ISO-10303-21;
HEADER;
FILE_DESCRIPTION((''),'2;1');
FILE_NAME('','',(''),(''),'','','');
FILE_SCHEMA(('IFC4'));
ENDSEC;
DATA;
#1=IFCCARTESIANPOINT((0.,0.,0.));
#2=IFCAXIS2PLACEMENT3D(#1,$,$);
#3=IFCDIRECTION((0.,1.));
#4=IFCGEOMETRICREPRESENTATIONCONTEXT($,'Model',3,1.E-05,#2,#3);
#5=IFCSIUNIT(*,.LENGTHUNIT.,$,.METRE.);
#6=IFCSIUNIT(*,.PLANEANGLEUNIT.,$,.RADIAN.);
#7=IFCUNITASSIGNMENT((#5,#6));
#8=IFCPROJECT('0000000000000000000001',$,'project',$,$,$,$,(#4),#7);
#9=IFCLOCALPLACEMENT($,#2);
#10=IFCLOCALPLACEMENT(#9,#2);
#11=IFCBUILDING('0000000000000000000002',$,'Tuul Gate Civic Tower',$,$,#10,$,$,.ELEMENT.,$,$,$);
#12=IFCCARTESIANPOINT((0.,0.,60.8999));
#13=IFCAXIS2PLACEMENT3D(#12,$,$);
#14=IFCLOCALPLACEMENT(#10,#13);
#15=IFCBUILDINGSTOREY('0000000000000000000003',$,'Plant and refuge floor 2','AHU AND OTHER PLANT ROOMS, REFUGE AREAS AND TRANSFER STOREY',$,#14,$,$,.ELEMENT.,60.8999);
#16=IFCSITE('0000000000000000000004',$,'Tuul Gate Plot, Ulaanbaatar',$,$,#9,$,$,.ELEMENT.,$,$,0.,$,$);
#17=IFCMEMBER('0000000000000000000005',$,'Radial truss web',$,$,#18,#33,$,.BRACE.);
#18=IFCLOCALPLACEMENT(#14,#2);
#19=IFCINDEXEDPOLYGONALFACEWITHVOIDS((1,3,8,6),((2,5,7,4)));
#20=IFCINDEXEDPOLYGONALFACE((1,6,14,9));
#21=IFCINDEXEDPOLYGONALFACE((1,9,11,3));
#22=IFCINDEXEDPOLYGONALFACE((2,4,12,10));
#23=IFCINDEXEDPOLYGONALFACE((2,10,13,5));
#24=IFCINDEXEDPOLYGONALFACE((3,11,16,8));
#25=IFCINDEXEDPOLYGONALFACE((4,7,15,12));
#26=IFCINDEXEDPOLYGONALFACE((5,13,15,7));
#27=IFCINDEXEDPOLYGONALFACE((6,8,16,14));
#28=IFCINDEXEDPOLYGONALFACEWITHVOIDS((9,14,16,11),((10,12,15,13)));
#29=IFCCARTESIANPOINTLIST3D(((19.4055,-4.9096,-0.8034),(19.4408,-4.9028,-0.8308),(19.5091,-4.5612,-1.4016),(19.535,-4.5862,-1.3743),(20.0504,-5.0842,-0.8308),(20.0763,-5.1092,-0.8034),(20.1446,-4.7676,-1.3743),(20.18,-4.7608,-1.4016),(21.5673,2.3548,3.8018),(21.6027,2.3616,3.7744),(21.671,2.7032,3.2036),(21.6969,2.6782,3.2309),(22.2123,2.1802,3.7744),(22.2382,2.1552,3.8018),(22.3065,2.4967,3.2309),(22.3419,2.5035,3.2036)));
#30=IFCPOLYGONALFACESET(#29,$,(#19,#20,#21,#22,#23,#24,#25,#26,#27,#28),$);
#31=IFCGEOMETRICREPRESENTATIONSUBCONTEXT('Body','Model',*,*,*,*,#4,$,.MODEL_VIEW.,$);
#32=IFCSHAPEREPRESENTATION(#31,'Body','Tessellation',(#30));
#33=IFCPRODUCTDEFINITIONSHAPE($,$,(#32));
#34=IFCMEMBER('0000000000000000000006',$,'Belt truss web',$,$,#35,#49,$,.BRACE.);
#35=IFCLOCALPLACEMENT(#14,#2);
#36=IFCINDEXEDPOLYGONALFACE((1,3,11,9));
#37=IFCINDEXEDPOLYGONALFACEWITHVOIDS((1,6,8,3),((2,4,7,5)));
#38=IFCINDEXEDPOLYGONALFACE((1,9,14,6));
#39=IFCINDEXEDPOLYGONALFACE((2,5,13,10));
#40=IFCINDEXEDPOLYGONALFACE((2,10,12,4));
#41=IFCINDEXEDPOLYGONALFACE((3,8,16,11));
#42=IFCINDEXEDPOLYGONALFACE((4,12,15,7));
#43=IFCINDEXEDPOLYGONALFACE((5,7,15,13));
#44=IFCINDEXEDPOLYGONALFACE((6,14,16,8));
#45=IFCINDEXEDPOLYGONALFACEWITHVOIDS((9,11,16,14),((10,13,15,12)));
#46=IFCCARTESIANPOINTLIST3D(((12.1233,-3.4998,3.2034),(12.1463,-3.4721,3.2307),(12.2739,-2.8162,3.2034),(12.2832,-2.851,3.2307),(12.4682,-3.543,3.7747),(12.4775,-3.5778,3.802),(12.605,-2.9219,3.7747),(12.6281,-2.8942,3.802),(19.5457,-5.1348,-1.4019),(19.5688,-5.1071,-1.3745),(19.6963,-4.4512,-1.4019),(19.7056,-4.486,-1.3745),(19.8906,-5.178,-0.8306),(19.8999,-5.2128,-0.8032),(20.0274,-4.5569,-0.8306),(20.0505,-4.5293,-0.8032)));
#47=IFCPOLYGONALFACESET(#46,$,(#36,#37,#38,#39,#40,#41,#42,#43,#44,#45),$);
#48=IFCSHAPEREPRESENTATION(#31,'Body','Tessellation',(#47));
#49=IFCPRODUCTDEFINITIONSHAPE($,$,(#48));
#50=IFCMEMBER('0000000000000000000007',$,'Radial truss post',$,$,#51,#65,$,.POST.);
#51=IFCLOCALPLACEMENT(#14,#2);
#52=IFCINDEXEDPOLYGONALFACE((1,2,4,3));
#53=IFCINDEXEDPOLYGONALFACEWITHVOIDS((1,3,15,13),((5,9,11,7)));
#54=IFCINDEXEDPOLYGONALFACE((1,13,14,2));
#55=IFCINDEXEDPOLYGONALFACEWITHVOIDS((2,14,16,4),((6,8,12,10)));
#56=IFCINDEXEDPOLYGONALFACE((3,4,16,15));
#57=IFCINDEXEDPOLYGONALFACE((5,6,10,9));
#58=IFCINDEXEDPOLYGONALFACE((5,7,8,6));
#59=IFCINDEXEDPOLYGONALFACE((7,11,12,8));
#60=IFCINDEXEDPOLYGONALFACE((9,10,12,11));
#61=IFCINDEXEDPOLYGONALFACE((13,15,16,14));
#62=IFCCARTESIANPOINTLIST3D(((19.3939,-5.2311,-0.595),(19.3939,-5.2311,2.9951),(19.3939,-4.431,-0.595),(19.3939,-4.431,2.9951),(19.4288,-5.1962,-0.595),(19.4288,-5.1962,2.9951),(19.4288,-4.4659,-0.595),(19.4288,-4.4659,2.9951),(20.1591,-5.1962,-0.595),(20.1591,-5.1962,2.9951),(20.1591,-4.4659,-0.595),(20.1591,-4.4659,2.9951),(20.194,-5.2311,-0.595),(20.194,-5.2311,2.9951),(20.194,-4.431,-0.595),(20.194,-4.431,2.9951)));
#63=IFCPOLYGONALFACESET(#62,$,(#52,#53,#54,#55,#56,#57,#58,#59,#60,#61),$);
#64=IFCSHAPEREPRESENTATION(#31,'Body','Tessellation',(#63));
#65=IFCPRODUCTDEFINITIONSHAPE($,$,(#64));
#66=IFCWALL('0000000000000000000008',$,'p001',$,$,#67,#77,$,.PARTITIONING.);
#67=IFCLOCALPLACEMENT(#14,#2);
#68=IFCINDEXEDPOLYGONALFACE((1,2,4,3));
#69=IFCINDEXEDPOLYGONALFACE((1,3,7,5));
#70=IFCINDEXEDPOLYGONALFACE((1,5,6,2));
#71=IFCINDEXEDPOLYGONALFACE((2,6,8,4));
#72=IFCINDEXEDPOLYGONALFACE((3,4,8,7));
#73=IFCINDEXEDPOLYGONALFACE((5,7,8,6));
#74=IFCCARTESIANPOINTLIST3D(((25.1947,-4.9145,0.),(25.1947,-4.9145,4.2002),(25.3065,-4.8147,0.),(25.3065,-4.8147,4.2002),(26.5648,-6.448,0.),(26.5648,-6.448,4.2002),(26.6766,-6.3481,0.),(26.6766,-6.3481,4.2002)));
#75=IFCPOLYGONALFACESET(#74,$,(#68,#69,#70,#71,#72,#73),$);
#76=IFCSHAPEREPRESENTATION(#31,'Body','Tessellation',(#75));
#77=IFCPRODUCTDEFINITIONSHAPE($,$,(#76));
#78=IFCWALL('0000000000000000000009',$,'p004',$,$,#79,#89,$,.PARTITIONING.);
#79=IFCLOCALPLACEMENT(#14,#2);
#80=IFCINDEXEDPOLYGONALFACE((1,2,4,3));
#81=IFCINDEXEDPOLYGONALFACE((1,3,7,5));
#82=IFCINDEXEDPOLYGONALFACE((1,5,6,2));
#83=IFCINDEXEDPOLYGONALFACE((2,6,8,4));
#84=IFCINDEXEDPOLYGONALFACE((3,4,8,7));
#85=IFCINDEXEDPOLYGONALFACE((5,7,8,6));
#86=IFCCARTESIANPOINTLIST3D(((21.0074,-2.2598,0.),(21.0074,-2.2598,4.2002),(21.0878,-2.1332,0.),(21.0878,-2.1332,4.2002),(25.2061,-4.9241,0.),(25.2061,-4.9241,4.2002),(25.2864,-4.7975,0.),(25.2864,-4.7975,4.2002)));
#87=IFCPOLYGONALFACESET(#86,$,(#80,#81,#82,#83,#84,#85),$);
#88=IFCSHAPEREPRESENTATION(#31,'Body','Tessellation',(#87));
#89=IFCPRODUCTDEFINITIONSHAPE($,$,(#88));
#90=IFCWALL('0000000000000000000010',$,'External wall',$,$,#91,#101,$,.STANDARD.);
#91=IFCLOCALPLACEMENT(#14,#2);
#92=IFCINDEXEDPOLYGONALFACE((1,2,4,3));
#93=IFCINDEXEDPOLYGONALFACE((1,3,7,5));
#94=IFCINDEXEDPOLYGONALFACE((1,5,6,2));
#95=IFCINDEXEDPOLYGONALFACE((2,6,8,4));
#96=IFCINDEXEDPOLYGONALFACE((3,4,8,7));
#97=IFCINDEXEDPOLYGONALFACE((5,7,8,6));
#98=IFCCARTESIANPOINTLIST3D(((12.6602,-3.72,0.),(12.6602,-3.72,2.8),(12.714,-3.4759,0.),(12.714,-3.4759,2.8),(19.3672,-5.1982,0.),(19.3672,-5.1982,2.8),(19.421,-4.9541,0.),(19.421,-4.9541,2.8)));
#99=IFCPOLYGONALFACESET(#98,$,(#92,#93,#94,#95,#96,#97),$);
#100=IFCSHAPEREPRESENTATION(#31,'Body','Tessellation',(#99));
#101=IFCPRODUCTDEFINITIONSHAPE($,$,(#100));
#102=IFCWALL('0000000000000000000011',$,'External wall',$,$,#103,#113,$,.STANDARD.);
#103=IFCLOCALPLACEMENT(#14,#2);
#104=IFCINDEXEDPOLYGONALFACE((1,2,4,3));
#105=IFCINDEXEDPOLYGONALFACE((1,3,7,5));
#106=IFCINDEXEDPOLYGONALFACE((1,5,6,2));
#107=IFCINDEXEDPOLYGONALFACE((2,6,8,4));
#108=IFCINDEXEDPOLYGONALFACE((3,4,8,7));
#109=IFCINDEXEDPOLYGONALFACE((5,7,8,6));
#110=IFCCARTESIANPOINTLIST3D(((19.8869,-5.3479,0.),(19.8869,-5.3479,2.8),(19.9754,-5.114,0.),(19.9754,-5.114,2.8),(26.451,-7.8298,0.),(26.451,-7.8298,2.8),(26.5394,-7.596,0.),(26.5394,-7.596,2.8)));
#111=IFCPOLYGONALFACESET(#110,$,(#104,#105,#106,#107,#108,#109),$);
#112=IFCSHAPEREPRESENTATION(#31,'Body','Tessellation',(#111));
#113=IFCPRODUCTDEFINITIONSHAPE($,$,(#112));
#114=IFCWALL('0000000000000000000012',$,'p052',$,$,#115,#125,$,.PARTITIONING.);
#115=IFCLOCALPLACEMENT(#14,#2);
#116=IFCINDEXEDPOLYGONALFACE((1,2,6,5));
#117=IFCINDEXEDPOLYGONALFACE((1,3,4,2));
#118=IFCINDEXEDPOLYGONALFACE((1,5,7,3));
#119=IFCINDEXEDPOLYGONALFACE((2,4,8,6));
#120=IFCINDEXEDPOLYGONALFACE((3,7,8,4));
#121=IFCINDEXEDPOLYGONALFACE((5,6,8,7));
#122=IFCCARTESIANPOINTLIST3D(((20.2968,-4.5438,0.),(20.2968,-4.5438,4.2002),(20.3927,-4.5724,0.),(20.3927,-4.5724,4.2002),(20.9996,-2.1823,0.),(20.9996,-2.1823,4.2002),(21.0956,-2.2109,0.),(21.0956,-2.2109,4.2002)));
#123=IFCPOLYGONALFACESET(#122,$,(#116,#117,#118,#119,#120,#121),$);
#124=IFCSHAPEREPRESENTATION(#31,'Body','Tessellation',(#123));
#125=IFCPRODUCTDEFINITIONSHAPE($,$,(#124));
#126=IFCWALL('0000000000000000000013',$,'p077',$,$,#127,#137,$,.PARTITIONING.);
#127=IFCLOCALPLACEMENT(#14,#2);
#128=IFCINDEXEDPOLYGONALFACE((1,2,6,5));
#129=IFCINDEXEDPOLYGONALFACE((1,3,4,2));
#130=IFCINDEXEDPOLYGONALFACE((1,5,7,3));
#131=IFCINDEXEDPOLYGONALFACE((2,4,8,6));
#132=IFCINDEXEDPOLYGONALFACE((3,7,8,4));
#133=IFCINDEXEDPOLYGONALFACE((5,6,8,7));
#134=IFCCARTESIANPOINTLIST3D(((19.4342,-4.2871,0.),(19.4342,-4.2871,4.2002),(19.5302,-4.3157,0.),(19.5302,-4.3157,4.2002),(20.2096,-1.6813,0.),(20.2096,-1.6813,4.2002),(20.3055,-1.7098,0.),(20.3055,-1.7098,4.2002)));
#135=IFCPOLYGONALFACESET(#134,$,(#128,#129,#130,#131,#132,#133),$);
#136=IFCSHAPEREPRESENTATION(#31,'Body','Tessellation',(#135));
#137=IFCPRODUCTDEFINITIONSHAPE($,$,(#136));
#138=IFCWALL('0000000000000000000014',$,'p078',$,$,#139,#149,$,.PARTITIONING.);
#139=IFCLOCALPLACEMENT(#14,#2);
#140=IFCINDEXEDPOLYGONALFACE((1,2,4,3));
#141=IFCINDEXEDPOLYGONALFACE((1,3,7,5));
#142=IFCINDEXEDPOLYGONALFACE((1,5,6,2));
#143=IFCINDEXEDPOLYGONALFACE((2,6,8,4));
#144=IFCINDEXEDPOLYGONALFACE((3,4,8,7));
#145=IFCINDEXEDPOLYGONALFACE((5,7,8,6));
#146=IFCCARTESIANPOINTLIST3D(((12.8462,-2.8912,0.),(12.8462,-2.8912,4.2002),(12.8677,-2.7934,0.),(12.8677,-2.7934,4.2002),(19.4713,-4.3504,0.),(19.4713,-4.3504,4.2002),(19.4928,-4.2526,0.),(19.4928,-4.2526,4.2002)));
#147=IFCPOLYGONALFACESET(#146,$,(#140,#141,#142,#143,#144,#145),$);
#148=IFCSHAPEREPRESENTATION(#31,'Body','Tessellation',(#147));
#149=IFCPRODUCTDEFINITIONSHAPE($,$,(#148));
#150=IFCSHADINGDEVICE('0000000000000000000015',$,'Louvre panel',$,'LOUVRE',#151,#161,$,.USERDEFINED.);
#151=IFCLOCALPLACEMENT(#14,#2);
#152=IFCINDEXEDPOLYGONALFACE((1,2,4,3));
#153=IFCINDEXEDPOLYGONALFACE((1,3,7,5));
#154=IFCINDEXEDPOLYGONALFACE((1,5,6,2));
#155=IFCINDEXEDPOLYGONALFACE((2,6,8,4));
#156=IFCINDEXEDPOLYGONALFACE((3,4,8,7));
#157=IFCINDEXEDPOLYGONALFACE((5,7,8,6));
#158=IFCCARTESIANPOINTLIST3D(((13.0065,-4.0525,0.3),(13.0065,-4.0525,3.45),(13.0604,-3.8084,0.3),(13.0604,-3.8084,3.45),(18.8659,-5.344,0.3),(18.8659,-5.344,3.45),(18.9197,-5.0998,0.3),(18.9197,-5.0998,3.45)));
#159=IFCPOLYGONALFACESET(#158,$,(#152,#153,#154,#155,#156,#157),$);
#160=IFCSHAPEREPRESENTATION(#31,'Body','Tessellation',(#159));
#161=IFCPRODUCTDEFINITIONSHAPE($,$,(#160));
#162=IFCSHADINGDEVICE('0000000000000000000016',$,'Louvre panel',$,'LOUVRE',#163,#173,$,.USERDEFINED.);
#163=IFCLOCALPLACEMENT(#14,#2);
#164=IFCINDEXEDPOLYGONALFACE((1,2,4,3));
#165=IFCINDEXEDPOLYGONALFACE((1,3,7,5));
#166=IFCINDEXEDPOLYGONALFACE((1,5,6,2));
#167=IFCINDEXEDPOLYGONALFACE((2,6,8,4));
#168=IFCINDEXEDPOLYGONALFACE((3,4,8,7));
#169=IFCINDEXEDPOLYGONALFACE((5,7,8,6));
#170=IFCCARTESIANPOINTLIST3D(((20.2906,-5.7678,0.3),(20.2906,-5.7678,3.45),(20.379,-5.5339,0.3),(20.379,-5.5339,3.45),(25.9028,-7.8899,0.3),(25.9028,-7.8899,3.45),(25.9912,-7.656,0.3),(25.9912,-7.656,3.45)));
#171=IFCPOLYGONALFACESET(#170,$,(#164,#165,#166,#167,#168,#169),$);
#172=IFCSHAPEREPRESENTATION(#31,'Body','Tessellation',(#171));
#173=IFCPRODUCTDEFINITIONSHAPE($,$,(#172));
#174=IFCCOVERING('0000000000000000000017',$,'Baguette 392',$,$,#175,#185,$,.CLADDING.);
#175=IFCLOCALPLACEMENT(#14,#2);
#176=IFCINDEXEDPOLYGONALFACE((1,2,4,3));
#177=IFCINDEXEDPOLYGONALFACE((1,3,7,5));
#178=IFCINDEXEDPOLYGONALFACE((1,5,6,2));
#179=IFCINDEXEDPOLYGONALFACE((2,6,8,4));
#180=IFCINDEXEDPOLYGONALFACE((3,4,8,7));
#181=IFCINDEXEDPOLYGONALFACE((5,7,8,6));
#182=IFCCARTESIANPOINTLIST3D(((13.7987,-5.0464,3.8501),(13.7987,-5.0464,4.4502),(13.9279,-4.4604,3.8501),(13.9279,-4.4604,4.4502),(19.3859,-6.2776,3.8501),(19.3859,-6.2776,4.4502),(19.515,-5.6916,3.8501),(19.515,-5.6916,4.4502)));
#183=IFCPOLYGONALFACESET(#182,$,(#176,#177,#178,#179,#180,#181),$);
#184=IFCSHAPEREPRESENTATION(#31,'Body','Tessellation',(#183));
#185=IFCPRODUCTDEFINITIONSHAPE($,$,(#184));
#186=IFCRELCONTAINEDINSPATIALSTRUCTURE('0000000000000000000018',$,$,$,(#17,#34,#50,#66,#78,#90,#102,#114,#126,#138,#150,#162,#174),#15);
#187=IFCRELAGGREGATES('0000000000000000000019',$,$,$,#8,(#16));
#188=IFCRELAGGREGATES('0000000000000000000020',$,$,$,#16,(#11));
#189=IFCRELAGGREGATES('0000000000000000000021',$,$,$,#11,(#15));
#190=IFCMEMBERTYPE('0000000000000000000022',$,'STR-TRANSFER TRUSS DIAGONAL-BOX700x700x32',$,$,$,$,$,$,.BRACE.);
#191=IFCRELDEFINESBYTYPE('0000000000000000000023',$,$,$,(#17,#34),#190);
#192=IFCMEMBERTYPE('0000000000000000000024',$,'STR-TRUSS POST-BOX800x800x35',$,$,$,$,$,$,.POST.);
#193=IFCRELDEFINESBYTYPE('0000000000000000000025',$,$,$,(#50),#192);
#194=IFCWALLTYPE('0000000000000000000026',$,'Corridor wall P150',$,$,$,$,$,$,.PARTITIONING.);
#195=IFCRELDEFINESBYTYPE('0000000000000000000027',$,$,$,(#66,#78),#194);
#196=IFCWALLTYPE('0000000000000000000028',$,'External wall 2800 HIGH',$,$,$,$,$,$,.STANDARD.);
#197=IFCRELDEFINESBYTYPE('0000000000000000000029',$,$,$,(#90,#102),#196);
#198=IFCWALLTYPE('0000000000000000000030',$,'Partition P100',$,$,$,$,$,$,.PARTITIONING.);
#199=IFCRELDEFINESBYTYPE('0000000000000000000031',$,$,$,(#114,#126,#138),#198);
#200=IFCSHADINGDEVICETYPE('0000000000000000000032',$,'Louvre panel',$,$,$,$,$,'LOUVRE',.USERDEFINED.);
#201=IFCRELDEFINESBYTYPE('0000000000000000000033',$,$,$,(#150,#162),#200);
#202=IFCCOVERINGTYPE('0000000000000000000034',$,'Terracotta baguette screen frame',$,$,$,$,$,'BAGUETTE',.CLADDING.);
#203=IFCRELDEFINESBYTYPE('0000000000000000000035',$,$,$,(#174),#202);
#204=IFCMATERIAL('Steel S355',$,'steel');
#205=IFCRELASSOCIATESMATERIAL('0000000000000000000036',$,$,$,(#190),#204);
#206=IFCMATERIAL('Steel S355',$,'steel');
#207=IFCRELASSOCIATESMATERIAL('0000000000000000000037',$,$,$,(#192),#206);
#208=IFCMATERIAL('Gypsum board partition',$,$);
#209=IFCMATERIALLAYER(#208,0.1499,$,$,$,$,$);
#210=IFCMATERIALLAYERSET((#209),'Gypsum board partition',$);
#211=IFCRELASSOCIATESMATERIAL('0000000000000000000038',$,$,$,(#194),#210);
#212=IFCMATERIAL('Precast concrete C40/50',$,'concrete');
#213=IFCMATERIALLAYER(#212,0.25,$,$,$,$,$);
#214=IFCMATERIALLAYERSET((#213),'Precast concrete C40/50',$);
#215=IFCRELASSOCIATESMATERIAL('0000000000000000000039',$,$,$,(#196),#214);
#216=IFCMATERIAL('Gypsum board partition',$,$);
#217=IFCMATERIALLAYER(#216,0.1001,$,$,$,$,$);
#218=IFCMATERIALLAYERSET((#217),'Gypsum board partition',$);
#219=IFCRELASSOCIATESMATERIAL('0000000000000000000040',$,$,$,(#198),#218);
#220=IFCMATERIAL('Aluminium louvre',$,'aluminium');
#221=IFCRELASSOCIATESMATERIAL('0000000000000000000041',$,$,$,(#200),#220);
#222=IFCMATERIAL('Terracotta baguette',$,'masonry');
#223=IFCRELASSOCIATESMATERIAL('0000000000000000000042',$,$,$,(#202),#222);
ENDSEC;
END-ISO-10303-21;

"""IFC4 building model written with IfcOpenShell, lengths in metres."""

from ifc_helpers import new_model, si_unit, direction, frame, frame_2d, origin, origin_2d, place, context, subcontext, project, spatial, rectangle, hollow_rectangle, extrude, material, layer, layer_set, material_profile, profile_set, type_object, element, save


model = new_model("IFC4")

# Units and contexts
model_context = context("Model", 3, precision=1e-05, world=origin(), true_north=direction((0.0, 1.0)))
body_context = subcontext(model_context, "Body", "Model", "MODEL_VIEW")
ifc_project = project(units=[si_unit("LENGTHUNIT", "METRE"), si_unit("PLANEANGLEUNIT", "RADIAN")], contexts=[model_context])

# Site, building, storey
site_placement = place(None, origin())
site = spatial("IfcSite", under=ifc_project, at=site_placement, Name="Tuul Gate Plot, Ulaanbaatar", CompositionType="ELEMENT", RefElevation=0.0)
building_placement = place(site_placement, origin())
building = spatial("IfcBuilding", under=site, at=building_placement, Name="Tuul Gate Civic Tower", CompositionType="ELEMENT")
storey_placement = place(building_placement, frame((0.0, 0.0, 60.8999)))
storey = spatial("IfcBuildingStorey", under=building, at=storey_placement, Name="Plant and refuge floor 2", Description="AHU AND OTHER PLANT ROOMS, REFUGE AREAS AND TRANSFER STOREY", CompositionType="ELEMENT", Elevation=60.8999)

# Members
ifc_material_1 = material(Name="Steel S355", Category="steel")
ifc_material_profile_1 = material_profile(ifc_material_1, hollow_rectangle(XDim=0.7, YDim=0.7, WallThickness=0.032, at=origin_2d()), Name="BOX700x700x32")
ifc_profile_set_1 = profile_set([ifc_material_profile_1], Name="Steel S355")
member_type_1 = type_object("IfcMemberType", Name="STR-TRANSFER TRUSS DIAGONAL-BOX700x700x32", PredefinedType="BRACE", material=ifc_profile_set_1)
member_1_placement = place(storey_placement, frame((19.7927, -4.8352, -1.1025), z_axis=(0.243764, 0.819109, 0.519269), x_axis=(-0.958458, 0.285234, 0.0)))
element("IfcMember", 1, at=member_1_placement, inside=storey, type_object=member_type_1, Name="Radial truss web", PredefinedType="BRACE", context=body_context, shape_type="SweptSolid", body=[
    extrude(hollow_rectangle(XDim=0.7, YDim=0.7, WallThickness=0.032, at=origin_2d()), origin(), (0.0, 0.0, 1.0), 8.8687),
])
member_2_placement = place(storey_placement, frame((19.7981, -4.832, -1.1025), z_axis=(-0.835225, 0.183985, 0.518217), x_axis=(-0.215124, -0.976587, 0.0)))
element("IfcMember", 2, at=member_2_placement, inside=storey, type_object=member_type_1, Name="Belt truss web", PredefinedType="BRACE", context=body_context, shape_type="SweptSolid", body=[
    extrude(hollow_rectangle(XDim=0.7, YDim=0.7, WallThickness=0.032, at=origin_2d()), origin(), (0.0, 0.0, 1.0), 8.8867),
])
ifc_material_2 = material(Name="Steel S355", Category="steel")
ifc_material_profile_2 = material_profile(ifc_material_2, hollow_rectangle(XDim=0.8, YDim=0.8, WallThickness=0.0349, at=origin_2d()), Name="BOX800x800x35")
ifc_profile_set_2 = profile_set([ifc_material_profile_2], Name="Steel S355")
member_type_2 = type_object("IfcMemberType", Name="STR-TRUSS POST-BOX800x800x35", PredefinedType="POST", material=ifc_profile_set_2)
member_3_placement = place(storey_placement, frame((19.7939, -4.8311, -0.595), z_axis=(0.0, 0.0, 1.0), x_axis=(1.0, 0.0, 0.0)))
element("IfcMember", 3, at=member_3_placement, inside=storey, type_object=member_type_2, Name="Radial truss post", PredefinedType="POST", context=body_context, shape_type="SweptSolid", body=[
    extrude(hollow_rectangle(XDim=0.8, YDim=0.8, WallThickness=0.0349, at=origin_2d()), origin(), (0.0, 0.0, 1.0), 3.5901),
])

# Walls
ifc_material_3 = material(Name="Gypsum board partition")
ifc_layer_1 = layer(ifc_material_3, 0.1499)
ifc_layer_set_1 = layer_set([ifc_layer_1], Name="Gypsum board partition")
wall_type_1 = type_object("IfcWallType", Name="Corridor wall P150", PredefinedType="PARTITIONING", material=ifc_layer_set_1)
wall_1_placement = place(storey_placement, frame((25.2505, -4.8645, 0.0), z_axis=(0.0, 0.0, 1.0), x_axis=(0.666278, -0.745704, 0.0)))
element("IfcWall", 4, at=wall_1_placement, inside=storey, type_object=wall_type_1, Name="p001", PredefinedType="PARTITIONING", context=body_context, shape_type="SweptSolid", body=[
    extrude(rectangle(XDim=2.0564, YDim=0.1499, at=frame_2d((1.0283, 0.0))), origin(), (0.0, 0.0, 1.0), 4.2002),
])
wall_2_placement = place(storey_placement, frame((21.0476, -2.1965, 0.0), z_axis=(0.0, 0.0, 1.0), x_axis=(0.844354, -0.535785, 0.0)))
element("IfcWall", 5, at=wall_2_placement, inside=storey, type_object=wall_type_1, Name="p004", PredefinedType="PARTITIONING", context=body_context, shape_type="SweptSolid", body=[
    extrude(rectangle(XDim=4.9727, YDim=0.1499, at=frame_2d((2.4863, 0.0))), origin(), (0.0, 0.0, 1.0), 4.2002),
])
ifc_material_4 = material(Name="Precast concrete C40/50", Category="concrete")
ifc_layer_2 = layer(ifc_material_4, 0.25)
ifc_layer_set_2 = layer_set([ifc_layer_2], Name="Precast concrete C40/50")
wall_type_2 = type_object("IfcWallType", Name="External wall 2800 HIGH", PredefinedType="STANDARD", material=ifc_layer_set_2)
wall_3_placement = place(storey_placement, frame((12.687, -3.5979, 0.0), z_axis=(0.0, 0.0, 1.0), x_axis=(0.976561, -0.21524, 0.0)))
element("IfcWall", 6, at=wall_3_placement, inside=storey, type_object=wall_type_2, Name="External wall", PredefinedType="STANDARD", context=body_context, shape_type="SweptSolid", body=[
    extrude(rectangle(XDim=6.8679, YDim=0.25, at=frame_2d((3.4341, 0.0))), origin(), (0.0, 0.0, 1.0), 2.8),
])
wall_4_placement = place(storey_placement, frame((19.9312, -5.231, 0.0), z_axis=(0.0, 0.0, 1.0), x_axis=(0.935368, -0.353677, 0.0)))
element("IfcWall", 7, at=wall_4_placement, inside=storey, type_object=wall_type_2, Name="External wall", PredefinedType="STANDARD", context=body_context, shape_type="SweptSolid", body=[
    extrude(rectangle(XDim=7.0176, YDim=0.25, at=frame_2d((3.5088, 0.0))), origin(), (0.0, 0.0, 1.0), 2.8),
])
ifc_material_5 = material(Name="Gypsum board partition")
ifc_layer_3 = layer(ifc_material_5, 0.1001)
ifc_layer_set_3 = layer_set([ifc_layer_3], Name="Gypsum board partition")
wall_type_3 = type_object("IfcWallType", Name="Partition P100", PredefinedType="PARTITIONING", material=ifc_layer_set_3)
wall_5_placement = place(storey_placement, frame((20.3447, -4.5581, 0.0), z_axis=(0.0, 0.0, 1.0), x_axis=(0.285266, 0.958449, 0.0)))
element("IfcWall", 8, at=wall_5_placement, inside=storey, type_object=wall_type_3, Name="p052", PredefinedType="PARTITIONING", context=body_context, shape_type="SweptSolid", body=[
    extrude(rectangle(XDim=2.4639, YDim=0.1001, at=frame_2d((1.2319, 0.0))), origin(), (0.0, 0.0, 1.0), 4.2002),
])
wall_6_placement = place(storey_placement, frame((20.2576, -1.6956, 0.0), z_axis=(0.0, 0.0, 1.0), x_axis=(-0.285189, -0.958471, 0.0)))
element("IfcWall", 9, at=wall_6_placement, inside=storey, type_object=wall_type_3, Name="p077", PredefinedType="PARTITIONING", context=body_context, shape_type="SweptSolid", body=[
    extrude(rectangle(XDim=2.7188, YDim=0.1001, at=frame_2d((1.3594, 0.0))), origin(), (0.0, 0.0, 1.0), 4.2002),
])
wall_7_placement = place(storey_placement, frame((19.4822, -4.3015, 0.0), z_axis=(0.0, 0.0, 1.0), x_axis=(-0.976593, 0.215097, 0.0)))
element("IfcWall", 10, at=wall_7_placement, inside=storey, type_object=wall_type_3, Name="p078", PredefinedType="PARTITIONING", context=body_context, shape_type="SweptSolid", body=[
    extrude(rectangle(XDim=6.7839, YDim=0.1001, at=frame_2d((3.3921, 0.0))), origin(), (0.0, 0.0, 1.0), 4.2002),
])

# Shading devices
ifc_material_6 = material(Name="Aluminium louvre", Category="aluminium")
shading_device_type = type_object("IfcShadingDeviceType", Name="Louvre panel", ElementType="LOUVRE", PredefinedType="USERDEFINED", material=ifc_material_6)
for number, where, z_axis, x_axis, name in (
    (11, (15.9631, -4.5762, 0.3), (0.0, 0.0, 1.0), (-0.215242, -0.976561, 0.0), "Louvre panel"),
    (12, (23.1409, -6.7119, 0.3), (0.0, 0.0, 1.0), (-0.353685, -0.935365, 0.0), "Louvre panel"),
):
    element("IfcShadingDevice", number, at=place(storey_placement, frame(where, z_axis=z_axis, x_axis=x_axis)), inside=storey, type_object=shading_device_type, Name=name, ObjectType="LOUVRE", PredefinedType="USERDEFINED", context=body_context, shape_type="SweptSolid", body=[
        extrude(rectangle(XDim=0.25, YDim=6.0, at=origin_2d()), origin(), (0.0, 0.0, 1.0), 3.1499),
    ])

# Covering
ifc_material_7 = material(Name="Terracotta baguette", Category="masonry")
ifc_material_profile_3 = material_profile(ifc_material_7, rectangle(XDim=0.6001, YDim=0.6001, at=origin_2d()), Name="Terracotta baguette screen frame")
ifc_profile_set_3 = profile_set([ifc_material_profile_3], Name="Terracotta baguette")
covering_type = type_object("IfcCoveringType", Name="Terracotta baguette screen frame", ElementType="BAGUETTE", PredefinedType="CLADDING", material=ifc_profile_set_3)
covering_1_placement = place(storey_placement, frame((13.8633, -4.7534, 4.1501), z_axis=(0.97657, -0.2152, 0.0), x_axis=(0.2152, 0.97657, 0.0)))
element("IfcCovering", 13, at=covering_1_placement, inside=storey, type_object=covering_type, Name="Baguette 392", PredefinedType="CLADDING", context=body_context, shape_type="SweptSolid", body=[
    extrude(rectangle(XDim=0.6001, YDim=0.6001, at=origin_2d()), origin(), (0.0, 0.0, 1.0), 5.7212),
])

save(model, "model.ifc")
